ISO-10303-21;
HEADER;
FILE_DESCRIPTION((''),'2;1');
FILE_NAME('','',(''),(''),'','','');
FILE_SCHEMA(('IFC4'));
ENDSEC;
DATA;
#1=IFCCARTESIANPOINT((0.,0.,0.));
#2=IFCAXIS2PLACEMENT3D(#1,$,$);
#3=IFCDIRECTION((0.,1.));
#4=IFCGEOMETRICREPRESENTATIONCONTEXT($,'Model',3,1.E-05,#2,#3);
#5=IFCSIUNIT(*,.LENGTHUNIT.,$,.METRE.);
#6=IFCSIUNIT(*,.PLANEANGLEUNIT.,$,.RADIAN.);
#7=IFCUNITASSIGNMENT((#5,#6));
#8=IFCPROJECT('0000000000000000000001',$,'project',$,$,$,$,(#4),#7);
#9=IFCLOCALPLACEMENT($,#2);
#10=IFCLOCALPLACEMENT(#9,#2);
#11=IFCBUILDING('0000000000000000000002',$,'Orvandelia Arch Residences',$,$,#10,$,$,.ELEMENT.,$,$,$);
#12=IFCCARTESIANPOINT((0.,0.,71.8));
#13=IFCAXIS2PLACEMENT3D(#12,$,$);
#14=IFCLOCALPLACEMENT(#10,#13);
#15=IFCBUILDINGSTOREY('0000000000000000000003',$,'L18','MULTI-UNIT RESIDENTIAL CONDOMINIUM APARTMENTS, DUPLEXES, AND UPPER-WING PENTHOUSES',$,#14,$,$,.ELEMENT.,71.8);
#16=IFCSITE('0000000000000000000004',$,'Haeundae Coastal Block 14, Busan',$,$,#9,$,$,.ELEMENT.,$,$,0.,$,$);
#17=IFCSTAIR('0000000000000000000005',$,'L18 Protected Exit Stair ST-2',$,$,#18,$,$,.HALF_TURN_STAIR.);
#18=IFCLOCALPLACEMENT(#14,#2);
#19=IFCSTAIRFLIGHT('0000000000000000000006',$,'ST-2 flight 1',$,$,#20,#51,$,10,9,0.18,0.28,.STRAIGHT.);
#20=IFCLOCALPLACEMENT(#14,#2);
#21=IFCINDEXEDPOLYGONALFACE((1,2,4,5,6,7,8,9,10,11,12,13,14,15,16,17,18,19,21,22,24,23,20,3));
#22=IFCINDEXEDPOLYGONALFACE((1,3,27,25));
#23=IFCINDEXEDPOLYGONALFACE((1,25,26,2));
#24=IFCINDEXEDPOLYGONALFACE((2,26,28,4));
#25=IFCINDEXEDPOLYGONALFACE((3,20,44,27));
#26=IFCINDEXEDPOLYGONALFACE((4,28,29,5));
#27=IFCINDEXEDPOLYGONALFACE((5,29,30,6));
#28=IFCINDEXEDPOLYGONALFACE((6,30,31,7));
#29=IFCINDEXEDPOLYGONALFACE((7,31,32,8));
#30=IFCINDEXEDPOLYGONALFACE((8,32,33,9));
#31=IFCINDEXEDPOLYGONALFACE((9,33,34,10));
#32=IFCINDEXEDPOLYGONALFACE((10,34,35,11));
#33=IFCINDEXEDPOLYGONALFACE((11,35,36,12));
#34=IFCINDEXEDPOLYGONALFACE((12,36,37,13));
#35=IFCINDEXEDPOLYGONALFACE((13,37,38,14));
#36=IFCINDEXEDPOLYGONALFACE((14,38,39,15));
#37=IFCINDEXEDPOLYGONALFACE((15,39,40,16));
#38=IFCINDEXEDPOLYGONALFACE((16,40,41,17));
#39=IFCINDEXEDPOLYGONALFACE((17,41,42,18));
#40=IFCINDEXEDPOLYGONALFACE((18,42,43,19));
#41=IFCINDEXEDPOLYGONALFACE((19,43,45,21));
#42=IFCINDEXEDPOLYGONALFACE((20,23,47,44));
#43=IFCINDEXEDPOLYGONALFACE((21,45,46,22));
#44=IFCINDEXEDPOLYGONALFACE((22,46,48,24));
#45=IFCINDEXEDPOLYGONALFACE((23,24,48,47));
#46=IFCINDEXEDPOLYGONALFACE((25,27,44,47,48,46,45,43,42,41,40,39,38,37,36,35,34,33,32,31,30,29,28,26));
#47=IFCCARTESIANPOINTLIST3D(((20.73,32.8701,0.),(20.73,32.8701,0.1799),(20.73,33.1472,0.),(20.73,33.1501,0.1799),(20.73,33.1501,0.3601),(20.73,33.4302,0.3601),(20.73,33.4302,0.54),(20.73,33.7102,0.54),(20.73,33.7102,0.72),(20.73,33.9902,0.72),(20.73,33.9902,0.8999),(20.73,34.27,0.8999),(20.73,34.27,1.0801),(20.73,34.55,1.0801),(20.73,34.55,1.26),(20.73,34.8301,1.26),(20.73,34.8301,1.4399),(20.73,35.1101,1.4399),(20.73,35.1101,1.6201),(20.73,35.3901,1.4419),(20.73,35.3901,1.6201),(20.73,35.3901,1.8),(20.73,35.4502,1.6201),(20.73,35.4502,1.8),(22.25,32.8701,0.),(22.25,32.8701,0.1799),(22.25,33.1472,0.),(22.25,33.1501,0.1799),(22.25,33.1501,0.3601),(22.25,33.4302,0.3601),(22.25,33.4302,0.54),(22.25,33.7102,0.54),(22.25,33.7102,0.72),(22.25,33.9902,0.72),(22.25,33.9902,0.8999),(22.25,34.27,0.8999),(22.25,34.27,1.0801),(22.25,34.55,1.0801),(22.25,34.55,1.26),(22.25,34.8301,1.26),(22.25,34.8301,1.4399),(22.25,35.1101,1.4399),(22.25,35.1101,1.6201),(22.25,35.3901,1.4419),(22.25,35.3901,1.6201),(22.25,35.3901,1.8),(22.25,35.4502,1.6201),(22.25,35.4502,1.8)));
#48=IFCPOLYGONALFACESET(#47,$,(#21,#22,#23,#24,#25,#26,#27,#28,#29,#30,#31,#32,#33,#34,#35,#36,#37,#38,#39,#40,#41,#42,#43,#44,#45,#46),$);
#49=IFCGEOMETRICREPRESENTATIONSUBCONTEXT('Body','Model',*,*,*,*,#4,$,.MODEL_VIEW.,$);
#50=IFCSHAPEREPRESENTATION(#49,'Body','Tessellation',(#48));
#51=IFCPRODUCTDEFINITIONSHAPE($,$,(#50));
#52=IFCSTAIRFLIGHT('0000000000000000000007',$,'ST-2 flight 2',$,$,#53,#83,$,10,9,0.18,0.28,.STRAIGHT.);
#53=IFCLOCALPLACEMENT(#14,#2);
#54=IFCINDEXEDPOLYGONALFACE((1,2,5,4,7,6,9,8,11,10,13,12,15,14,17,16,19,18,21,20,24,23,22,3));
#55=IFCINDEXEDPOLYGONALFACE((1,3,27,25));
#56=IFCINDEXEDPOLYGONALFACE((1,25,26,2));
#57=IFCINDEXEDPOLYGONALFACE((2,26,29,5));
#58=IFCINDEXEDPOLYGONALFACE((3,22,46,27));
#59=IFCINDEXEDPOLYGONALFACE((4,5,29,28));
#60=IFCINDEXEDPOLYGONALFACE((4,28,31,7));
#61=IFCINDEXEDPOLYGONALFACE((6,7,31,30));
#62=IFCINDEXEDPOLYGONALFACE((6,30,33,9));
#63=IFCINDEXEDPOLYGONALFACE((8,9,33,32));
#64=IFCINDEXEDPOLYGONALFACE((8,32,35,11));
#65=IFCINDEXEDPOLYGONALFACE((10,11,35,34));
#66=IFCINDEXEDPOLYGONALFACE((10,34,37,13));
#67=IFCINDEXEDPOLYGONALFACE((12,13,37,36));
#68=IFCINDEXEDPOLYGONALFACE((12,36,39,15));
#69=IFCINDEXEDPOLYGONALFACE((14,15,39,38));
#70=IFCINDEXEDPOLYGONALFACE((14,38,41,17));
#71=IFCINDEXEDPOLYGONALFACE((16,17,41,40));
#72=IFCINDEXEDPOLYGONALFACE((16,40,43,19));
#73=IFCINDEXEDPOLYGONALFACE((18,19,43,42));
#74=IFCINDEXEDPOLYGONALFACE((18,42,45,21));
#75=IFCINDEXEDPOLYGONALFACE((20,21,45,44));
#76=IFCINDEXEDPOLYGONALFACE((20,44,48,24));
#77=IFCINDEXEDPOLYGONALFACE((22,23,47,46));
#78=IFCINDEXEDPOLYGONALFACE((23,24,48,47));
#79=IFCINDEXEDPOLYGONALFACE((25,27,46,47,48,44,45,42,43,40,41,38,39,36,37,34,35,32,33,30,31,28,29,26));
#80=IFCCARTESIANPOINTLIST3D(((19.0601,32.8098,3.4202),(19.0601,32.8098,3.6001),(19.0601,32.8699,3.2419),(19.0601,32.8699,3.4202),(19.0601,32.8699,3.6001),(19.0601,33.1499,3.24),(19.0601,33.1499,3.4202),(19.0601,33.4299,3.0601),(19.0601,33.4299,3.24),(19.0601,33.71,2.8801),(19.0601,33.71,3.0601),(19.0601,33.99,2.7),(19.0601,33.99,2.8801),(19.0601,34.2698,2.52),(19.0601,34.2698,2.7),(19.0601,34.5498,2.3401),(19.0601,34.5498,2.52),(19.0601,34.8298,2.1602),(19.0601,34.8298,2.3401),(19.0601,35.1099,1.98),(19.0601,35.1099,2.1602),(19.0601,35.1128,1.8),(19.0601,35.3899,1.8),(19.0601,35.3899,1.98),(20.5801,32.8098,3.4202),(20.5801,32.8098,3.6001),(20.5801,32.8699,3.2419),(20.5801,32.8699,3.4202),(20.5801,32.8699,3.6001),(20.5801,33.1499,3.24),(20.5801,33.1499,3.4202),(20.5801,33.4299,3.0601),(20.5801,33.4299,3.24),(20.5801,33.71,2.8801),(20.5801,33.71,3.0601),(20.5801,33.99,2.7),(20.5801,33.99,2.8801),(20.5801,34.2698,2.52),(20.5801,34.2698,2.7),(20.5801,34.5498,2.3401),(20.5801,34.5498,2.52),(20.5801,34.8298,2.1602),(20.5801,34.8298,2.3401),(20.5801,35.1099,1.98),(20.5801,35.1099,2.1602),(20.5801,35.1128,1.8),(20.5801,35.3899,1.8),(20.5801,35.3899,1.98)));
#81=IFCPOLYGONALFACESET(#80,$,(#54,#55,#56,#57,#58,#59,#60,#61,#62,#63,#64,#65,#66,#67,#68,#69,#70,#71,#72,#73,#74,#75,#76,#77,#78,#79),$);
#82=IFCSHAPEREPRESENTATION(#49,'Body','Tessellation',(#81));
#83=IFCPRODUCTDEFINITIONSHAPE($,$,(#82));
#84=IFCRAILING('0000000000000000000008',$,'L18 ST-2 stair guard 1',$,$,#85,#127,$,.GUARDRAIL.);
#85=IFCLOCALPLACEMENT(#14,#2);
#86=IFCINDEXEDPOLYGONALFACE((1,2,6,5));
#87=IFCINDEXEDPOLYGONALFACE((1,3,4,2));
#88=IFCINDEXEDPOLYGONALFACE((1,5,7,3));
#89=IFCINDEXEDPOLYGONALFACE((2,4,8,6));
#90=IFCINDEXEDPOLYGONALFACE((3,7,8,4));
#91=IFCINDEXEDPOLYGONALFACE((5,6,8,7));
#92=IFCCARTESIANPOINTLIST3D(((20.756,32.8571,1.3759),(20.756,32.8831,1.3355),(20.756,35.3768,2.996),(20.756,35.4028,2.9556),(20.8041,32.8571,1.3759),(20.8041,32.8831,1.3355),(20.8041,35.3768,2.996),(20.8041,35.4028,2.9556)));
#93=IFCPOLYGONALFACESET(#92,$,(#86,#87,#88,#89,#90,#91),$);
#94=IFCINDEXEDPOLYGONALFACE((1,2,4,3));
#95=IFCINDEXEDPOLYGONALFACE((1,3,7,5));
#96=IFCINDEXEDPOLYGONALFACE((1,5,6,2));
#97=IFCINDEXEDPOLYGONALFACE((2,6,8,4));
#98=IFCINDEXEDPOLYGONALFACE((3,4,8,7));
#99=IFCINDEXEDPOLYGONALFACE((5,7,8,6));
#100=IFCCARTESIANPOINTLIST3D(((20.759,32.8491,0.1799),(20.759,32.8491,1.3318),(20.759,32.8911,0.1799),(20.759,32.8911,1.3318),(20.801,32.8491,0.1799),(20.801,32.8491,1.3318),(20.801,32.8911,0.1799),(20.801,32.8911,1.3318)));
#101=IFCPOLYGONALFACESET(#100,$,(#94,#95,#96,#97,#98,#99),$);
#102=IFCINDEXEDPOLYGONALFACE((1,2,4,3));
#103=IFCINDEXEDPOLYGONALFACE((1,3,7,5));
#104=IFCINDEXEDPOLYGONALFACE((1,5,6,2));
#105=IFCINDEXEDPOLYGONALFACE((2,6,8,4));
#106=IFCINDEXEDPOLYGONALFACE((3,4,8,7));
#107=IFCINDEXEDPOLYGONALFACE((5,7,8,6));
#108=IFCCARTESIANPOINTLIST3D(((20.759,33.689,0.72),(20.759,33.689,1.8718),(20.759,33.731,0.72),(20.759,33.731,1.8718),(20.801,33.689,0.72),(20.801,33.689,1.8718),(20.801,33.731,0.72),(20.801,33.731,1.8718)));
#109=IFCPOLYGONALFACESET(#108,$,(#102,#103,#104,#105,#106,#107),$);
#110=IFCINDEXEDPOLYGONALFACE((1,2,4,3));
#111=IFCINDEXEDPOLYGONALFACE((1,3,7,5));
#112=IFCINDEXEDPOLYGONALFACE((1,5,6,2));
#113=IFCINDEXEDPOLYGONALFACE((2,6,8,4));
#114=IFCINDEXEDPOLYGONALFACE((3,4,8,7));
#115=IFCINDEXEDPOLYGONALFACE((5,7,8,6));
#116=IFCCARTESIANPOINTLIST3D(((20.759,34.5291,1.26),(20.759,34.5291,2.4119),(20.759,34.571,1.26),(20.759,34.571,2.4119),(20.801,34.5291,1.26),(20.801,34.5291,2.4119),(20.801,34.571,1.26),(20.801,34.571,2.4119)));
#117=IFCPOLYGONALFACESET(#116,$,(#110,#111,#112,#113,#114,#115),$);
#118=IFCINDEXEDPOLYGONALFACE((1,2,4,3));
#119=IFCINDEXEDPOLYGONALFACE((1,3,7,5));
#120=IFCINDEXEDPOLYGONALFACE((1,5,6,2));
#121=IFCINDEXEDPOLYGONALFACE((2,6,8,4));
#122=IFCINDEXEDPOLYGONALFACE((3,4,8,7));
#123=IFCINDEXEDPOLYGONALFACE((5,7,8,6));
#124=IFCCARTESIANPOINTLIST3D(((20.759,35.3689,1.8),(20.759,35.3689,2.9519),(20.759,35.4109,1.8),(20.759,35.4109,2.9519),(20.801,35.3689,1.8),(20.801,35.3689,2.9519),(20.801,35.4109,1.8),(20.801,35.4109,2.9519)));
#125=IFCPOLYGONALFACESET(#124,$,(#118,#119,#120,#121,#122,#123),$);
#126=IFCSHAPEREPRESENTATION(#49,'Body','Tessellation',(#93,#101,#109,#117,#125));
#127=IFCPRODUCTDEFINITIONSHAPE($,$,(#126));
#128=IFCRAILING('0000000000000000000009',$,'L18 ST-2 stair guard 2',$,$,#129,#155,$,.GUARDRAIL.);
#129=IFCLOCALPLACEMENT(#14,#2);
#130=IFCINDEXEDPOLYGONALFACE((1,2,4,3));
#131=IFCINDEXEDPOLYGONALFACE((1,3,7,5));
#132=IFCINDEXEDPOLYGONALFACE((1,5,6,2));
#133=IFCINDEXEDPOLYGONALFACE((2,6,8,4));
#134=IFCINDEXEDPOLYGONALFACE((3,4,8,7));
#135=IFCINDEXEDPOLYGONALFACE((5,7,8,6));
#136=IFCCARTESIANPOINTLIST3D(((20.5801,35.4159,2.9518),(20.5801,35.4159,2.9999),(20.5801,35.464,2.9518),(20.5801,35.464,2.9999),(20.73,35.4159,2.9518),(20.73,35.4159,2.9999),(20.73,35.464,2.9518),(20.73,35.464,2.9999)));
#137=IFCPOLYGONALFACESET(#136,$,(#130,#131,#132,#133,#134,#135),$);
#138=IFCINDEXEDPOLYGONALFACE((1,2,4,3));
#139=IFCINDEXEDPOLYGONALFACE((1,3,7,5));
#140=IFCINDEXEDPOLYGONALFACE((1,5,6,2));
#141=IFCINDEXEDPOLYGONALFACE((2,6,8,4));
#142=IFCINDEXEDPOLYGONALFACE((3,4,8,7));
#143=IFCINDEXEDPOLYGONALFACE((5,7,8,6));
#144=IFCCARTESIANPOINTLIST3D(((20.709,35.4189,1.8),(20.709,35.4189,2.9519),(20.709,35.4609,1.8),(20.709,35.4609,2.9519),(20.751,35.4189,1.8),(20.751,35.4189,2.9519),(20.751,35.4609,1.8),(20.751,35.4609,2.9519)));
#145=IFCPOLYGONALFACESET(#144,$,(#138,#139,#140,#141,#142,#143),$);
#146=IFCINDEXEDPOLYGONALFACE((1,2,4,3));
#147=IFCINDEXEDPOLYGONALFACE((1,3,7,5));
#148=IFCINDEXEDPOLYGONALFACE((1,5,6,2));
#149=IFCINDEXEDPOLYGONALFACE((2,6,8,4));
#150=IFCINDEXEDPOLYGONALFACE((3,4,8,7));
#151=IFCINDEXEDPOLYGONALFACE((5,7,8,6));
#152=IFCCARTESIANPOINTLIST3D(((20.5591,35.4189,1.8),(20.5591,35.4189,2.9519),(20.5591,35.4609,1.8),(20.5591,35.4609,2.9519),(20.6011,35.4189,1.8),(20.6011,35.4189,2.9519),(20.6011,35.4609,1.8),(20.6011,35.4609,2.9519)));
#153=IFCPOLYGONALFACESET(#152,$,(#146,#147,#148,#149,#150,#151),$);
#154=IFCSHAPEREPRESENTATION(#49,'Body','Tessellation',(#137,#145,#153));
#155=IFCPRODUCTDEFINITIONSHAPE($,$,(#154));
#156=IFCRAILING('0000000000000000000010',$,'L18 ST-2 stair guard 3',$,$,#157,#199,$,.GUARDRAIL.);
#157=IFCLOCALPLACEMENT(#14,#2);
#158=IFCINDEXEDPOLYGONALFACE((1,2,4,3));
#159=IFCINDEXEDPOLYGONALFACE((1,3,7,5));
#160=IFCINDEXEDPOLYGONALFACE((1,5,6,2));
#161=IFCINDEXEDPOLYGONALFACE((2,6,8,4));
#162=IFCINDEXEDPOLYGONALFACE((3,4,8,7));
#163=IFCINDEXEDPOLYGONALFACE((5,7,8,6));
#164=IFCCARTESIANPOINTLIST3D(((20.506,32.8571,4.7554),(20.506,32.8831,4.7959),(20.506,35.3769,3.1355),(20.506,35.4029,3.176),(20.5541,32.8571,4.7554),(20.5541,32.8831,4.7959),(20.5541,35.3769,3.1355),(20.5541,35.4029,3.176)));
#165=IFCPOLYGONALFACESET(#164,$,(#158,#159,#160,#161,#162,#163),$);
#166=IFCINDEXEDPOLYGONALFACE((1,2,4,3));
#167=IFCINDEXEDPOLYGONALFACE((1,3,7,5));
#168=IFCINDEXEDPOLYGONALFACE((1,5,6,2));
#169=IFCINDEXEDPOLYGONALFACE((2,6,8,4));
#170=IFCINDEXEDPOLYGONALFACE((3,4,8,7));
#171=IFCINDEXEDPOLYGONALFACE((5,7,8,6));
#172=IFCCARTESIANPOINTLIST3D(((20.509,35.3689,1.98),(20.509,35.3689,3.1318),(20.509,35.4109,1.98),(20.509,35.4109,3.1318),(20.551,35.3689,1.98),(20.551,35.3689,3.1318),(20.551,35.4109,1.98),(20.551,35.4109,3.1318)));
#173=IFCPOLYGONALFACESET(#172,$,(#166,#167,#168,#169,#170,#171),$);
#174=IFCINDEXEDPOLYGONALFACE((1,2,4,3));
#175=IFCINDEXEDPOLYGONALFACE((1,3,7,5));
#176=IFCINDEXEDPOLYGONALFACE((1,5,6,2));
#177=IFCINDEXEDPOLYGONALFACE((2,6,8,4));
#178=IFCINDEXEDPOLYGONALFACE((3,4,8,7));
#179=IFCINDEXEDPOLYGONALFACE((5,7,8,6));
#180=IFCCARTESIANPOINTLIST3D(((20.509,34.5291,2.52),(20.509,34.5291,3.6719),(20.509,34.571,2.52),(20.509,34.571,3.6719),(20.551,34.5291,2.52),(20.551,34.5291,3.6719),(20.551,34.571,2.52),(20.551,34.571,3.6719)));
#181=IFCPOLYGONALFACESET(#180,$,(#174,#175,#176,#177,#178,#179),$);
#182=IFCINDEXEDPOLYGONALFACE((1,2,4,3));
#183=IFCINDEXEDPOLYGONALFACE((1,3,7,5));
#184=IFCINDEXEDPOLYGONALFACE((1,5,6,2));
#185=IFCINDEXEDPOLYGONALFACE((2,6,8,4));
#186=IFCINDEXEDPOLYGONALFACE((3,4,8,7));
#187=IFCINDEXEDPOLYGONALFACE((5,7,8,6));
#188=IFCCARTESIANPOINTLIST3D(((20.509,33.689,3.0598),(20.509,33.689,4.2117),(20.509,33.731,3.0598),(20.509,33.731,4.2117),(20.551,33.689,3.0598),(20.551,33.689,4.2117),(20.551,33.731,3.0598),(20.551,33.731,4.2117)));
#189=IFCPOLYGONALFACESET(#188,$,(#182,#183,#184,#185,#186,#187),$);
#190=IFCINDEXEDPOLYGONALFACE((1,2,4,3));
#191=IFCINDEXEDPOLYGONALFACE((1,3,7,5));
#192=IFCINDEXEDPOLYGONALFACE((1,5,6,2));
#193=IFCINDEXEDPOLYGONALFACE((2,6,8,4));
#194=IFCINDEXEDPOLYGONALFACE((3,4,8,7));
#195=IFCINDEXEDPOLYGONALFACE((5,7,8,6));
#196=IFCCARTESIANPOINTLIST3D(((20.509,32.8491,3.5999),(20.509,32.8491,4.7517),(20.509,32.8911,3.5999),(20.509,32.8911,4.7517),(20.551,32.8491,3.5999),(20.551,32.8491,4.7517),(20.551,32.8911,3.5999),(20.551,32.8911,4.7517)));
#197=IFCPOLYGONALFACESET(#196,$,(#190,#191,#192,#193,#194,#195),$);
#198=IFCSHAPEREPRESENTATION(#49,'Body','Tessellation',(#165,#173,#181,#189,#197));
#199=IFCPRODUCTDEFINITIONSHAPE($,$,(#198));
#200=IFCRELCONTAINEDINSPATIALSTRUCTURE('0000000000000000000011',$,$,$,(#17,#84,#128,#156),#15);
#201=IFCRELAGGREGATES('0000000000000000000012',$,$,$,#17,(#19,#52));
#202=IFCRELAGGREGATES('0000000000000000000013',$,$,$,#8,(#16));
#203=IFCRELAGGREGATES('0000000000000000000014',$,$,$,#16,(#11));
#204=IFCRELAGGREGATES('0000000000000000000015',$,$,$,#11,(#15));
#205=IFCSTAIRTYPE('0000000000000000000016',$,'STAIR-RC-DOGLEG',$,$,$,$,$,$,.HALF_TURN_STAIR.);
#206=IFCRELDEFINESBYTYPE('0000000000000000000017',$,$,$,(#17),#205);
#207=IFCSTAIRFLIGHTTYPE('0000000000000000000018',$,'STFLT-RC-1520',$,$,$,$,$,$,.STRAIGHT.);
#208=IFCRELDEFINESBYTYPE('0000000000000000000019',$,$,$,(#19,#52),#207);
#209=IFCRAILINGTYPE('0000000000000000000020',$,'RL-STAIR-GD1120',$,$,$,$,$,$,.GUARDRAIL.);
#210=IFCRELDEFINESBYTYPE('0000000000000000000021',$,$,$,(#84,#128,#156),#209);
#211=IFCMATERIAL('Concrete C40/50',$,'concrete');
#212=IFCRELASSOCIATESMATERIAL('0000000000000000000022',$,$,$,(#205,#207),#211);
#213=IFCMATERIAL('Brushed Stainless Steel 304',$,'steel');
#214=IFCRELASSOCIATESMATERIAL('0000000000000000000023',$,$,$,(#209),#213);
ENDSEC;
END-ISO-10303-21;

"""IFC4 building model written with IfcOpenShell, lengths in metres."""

from ifc_helpers import new_model, si_unit, direction, frame, origin, origin_2d, place, context, subcontext, project, spatial, polyline, rectangle, outline, extrude, material, type_object, element, aggregate, save


model = new_model("IFC4")

# Units and contexts
model_context = context("Model", 3, precision=1e-05, world=origin(), true_north=direction((0.0, 1.0)))
body_context = subcontext(model_context, "Body", "Model", "MODEL_VIEW")
ifc_project = project(units=[si_unit("LENGTHUNIT", "METRE"), si_unit("PLANEANGLEUNIT", "RADIAN")], contexts=[model_context])

# Site, building, storey
site_placement = place(None, origin())
site = spatial("IfcSite", under=ifc_project, at=site_placement, Name="Haeundae Coastal Block 14, Busan", CompositionType="ELEMENT", RefElevation=0.0)
building_placement = place(site_placement, origin())
building = spatial("IfcBuilding", under=site, at=building_placement, Name="Orvandelia Arch Residences", CompositionType="ELEMENT")
storey_placement = place(building_placement, frame((0.0, 0.0, 71.8)))
storey = spatial("IfcBuildingStorey", under=building, at=storey_placement, Name="L18", Description="MULTI-UNIT RESIDENTIAL CONDOMINIUM APARTMENTS, DUPLEXES, AND UPPER-WING PENTHOUSES", CompositionType="ELEMENT", Elevation=71.8)

# Stair, stair flights
ifc_material_1 = material(Name="Concrete C40/50", Category="concrete")
stair_type = type_object("IfcStairType", Name="STAIR-RC-DOGLEG", PredefinedType="HALF_TURN_STAIR", material=ifc_material_1)
stair_placement = place(storey_placement, origin())
stair = element("IfcStair", 1, at=stair_placement, inside=storey, type_object=stair_type, Name="L18 Protected Exit Stair ST-2", PredefinedType="HALF_TURN_STAIR")
stair_flight_type = type_object("IfcStairFlightType", Name="STFLT-RC-1520", PredefinedType="STRAIGHT", material=ifc_material_1)
stair_flight_1_placement = place(storey_placement, frame((21.49, 32.8701, 0.0), z_axis=(0.0, 0.0, 1.0), x_axis=(0.0, 1.0, 0.0)))
stair_flight_1 = element("IfcStairFlight", 2, at=stair_flight_1_placement, type_object=stair_flight_type, Name="ST-2 flight 1", NumberOfRisers=10, NumberOfTreads=9, PredefinedType="STRAIGHT", RiserHeight=0.18, TreadLength=0.28, context=body_context, shape_type="SweptSolid", body=[
    extrude(outline(polyline([(0.0, 0.0), (0.0, 0.1799), (0.28, 0.1799), (0.28, 0.3601), (0.5601, 0.3601), (0.5601, 0.54), (0.8401, 0.54), (0.8401, 0.72), (1.1201, 0.72), (1.1201, 0.8999), (1.3999, 0.8999), (1.3999, 1.0801), (1.6799, 1.0801), (1.6799, 1.26), (1.96, 1.26), (1.96, 1.4399), (2.24, 1.4399), (2.24, 1.6201), (2.52, 1.6201), (2.52, 1.8), (2.5801, 1.8), (2.5801, 1.6201), (2.52, 1.4419), (0.2771, 0.0), (0.0, 0.0)])), frame((0.0, 0.76, 0.0), z_axis=(0.0, -1.0, 0.0), x_axis=(1.0, 0.0, 0.0)), (0.0, 0.0, 1.0), 1.52),
])
stair_flight_2_placement = place(storey_placement, frame((19.8201, 35.3899, 1.8), z_axis=(0.0, 0.0, 1.0), x_axis=(0.0, -1.0, 0.0)))
stair_flight_2 = element("IfcStairFlight", 3, at=stair_flight_2_placement, type_object=stair_flight_type, Name="ST-2 flight 2", NumberOfRisers=10, NumberOfTreads=9, PredefinedType="STRAIGHT", RiserHeight=0.18, TreadLength=0.28, context=body_context, shape_type="SweptSolid", body=[
    extrude(outline(polyline([(0.0, 0.0), (0.0, 0.1799), (0.28, 0.1799), (0.28, 0.3601), (0.5601, 0.3601), (0.5601, 0.54), (0.8401, 0.54), (0.8401, 0.72), (1.1201, 0.72), (1.1201, 0.8999), (1.3999, 0.8999), (1.3999, 1.0801), (1.6799, 1.0801), (1.6799, 1.26), (1.96, 1.26), (1.96, 1.4399), (2.24, 1.4399), (2.24, 1.6201), (2.52, 1.6201), (2.52, 1.8), (2.5801, 1.8), (2.5801, 1.6201), (2.52, 1.4419), (0.2771, 0.0), (0.0, 0.0)])), frame((0.0, 0.76, 0.0), z_axis=(0.0, -1.0, 0.0), x_axis=(1.0, 0.0, 0.0)), (0.0, 0.0, 1.0), 1.52),
])
aggregate(stair, [stair_flight_1, stair_flight_2])

# Railings
ifc_material_2 = material(Name="Brushed Stainless Steel 304", Category="steel")
railing_type_1 = type_object("IfcRailingType", Name="RL-STAIR-GD1120", PredefinedType="GUARDRAIL", material=ifc_material_2)
railing_1_placement = place(storey_placement, frame((20.78, 32.8701, 0.1799)))
element("IfcRailing", 4, at=railing_1_placement, inside=storey, type_object=railing_type_1, Name="L18 ST-2 stair guard 1", PredefinedType="GUARDRAIL", context=body_context, shape_type="SweptSolid", body=[
    extrude(rectangle(XDim=0.0481, YDim=0.0481, at=origin_2d()), frame((0.0, 0.0, 1.1758), z_axis=(0.0, 0.841139, 0.540819), x_axis=(-1.0, 0.0, 0.0)), (0.0, 0.0, 1.0), 2.9956),
    extrude(rectangle(XDim=0.042, YDim=0.042, at=origin_2d()), origin(), (0.0, 0.0, 1.0), 1.1519),
    extrude(rectangle(XDim=0.042, YDim=0.042, at=origin_2d()), frame((0.0, 0.8398, 0.54)), (0.0, 0.0, 1.0), 1.1519),
    extrude(rectangle(XDim=0.042, YDim=0.042, at=origin_2d()), frame((0.0, 1.6799, 1.0801)), (0.0, 0.0, 1.0), 1.1519),
    extrude(rectangle(XDim=0.042, YDim=0.042, at=origin_2d()), frame((0.0, 2.5198, 1.6201)), (0.0, 0.0, 1.0), 1.1519),
])
railing_2_placement = place(storey_placement, frame((20.73, 35.4399, 1.8)))
element("IfcRailing", 5, at=railing_2_placement, inside=storey, type_object=railing_type_1, Name="L18 ST-2 stair guard 2", PredefinedType="GUARDRAIL", context=body_context, shape_type="SweptSolid", body=[
    extrude(rectangle(XDim=0.0481, YDim=0.0481, at=origin_2d()), frame((0.0, 0.0, 1.1758), z_axis=(-1.0, 0.0, 0.0), x_axis=(0.0, -1.0, 0.0)), (0.0, 0.0, 1.0), 0.1499),
    extrude(rectangle(XDim=0.042, YDim=0.042, at=origin_2d()), origin(), (0.0, 0.0, 1.0), 1.1519),
    extrude(rectangle(XDim=0.042, YDim=0.042, at=origin_2d()), frame((-0.1499, 0.0, 0.0)), (0.0, 0.0, 1.0), 1.1519),
])
railing_3_placement = place(storey_placement, frame((20.53, 35.3899, 1.98)))
element("IfcRailing", 6, at=railing_3_placement, inside=storey, type_object=railing_type_1, Name="L18 ST-2 stair guard 3", PredefinedType="GUARDRAIL", context=body_context, shape_type="SweptSolid", body=[
    extrude(rectangle(XDim=0.0481, YDim=0.0481, at=origin_2d()), frame((0.0, 0.0, 1.1758), z_axis=(0.0, -0.841176, 0.540762), x_axis=(1.0, 0.0, 0.0)), (0.0, 0.0, 1.0), 2.9956),
    extrude(rectangle(XDim=0.042, YDim=0.042, at=origin_2d()), origin(), (0.0, 0.0, 1.0), 1.1519),
    extrude(rectangle(XDim=0.042, YDim=0.042, at=origin_2d()), frame((0.0, -0.8398, 0.54)), (0.0, 0.0, 1.0), 1.1519),
    extrude(rectangle(XDim=0.042, YDim=0.042, at=origin_2d()), frame((0.0, -1.6799, 1.0798)), (0.0, 0.0, 1.0), 1.1519),
    extrude(rectangle(XDim=0.042, YDim=0.042, at=origin_2d()), frame((0.0, -2.5198, 1.6199)), (0.0, 0.0, 1.0), 1.1519),
])

save(model, "model.ifc")
